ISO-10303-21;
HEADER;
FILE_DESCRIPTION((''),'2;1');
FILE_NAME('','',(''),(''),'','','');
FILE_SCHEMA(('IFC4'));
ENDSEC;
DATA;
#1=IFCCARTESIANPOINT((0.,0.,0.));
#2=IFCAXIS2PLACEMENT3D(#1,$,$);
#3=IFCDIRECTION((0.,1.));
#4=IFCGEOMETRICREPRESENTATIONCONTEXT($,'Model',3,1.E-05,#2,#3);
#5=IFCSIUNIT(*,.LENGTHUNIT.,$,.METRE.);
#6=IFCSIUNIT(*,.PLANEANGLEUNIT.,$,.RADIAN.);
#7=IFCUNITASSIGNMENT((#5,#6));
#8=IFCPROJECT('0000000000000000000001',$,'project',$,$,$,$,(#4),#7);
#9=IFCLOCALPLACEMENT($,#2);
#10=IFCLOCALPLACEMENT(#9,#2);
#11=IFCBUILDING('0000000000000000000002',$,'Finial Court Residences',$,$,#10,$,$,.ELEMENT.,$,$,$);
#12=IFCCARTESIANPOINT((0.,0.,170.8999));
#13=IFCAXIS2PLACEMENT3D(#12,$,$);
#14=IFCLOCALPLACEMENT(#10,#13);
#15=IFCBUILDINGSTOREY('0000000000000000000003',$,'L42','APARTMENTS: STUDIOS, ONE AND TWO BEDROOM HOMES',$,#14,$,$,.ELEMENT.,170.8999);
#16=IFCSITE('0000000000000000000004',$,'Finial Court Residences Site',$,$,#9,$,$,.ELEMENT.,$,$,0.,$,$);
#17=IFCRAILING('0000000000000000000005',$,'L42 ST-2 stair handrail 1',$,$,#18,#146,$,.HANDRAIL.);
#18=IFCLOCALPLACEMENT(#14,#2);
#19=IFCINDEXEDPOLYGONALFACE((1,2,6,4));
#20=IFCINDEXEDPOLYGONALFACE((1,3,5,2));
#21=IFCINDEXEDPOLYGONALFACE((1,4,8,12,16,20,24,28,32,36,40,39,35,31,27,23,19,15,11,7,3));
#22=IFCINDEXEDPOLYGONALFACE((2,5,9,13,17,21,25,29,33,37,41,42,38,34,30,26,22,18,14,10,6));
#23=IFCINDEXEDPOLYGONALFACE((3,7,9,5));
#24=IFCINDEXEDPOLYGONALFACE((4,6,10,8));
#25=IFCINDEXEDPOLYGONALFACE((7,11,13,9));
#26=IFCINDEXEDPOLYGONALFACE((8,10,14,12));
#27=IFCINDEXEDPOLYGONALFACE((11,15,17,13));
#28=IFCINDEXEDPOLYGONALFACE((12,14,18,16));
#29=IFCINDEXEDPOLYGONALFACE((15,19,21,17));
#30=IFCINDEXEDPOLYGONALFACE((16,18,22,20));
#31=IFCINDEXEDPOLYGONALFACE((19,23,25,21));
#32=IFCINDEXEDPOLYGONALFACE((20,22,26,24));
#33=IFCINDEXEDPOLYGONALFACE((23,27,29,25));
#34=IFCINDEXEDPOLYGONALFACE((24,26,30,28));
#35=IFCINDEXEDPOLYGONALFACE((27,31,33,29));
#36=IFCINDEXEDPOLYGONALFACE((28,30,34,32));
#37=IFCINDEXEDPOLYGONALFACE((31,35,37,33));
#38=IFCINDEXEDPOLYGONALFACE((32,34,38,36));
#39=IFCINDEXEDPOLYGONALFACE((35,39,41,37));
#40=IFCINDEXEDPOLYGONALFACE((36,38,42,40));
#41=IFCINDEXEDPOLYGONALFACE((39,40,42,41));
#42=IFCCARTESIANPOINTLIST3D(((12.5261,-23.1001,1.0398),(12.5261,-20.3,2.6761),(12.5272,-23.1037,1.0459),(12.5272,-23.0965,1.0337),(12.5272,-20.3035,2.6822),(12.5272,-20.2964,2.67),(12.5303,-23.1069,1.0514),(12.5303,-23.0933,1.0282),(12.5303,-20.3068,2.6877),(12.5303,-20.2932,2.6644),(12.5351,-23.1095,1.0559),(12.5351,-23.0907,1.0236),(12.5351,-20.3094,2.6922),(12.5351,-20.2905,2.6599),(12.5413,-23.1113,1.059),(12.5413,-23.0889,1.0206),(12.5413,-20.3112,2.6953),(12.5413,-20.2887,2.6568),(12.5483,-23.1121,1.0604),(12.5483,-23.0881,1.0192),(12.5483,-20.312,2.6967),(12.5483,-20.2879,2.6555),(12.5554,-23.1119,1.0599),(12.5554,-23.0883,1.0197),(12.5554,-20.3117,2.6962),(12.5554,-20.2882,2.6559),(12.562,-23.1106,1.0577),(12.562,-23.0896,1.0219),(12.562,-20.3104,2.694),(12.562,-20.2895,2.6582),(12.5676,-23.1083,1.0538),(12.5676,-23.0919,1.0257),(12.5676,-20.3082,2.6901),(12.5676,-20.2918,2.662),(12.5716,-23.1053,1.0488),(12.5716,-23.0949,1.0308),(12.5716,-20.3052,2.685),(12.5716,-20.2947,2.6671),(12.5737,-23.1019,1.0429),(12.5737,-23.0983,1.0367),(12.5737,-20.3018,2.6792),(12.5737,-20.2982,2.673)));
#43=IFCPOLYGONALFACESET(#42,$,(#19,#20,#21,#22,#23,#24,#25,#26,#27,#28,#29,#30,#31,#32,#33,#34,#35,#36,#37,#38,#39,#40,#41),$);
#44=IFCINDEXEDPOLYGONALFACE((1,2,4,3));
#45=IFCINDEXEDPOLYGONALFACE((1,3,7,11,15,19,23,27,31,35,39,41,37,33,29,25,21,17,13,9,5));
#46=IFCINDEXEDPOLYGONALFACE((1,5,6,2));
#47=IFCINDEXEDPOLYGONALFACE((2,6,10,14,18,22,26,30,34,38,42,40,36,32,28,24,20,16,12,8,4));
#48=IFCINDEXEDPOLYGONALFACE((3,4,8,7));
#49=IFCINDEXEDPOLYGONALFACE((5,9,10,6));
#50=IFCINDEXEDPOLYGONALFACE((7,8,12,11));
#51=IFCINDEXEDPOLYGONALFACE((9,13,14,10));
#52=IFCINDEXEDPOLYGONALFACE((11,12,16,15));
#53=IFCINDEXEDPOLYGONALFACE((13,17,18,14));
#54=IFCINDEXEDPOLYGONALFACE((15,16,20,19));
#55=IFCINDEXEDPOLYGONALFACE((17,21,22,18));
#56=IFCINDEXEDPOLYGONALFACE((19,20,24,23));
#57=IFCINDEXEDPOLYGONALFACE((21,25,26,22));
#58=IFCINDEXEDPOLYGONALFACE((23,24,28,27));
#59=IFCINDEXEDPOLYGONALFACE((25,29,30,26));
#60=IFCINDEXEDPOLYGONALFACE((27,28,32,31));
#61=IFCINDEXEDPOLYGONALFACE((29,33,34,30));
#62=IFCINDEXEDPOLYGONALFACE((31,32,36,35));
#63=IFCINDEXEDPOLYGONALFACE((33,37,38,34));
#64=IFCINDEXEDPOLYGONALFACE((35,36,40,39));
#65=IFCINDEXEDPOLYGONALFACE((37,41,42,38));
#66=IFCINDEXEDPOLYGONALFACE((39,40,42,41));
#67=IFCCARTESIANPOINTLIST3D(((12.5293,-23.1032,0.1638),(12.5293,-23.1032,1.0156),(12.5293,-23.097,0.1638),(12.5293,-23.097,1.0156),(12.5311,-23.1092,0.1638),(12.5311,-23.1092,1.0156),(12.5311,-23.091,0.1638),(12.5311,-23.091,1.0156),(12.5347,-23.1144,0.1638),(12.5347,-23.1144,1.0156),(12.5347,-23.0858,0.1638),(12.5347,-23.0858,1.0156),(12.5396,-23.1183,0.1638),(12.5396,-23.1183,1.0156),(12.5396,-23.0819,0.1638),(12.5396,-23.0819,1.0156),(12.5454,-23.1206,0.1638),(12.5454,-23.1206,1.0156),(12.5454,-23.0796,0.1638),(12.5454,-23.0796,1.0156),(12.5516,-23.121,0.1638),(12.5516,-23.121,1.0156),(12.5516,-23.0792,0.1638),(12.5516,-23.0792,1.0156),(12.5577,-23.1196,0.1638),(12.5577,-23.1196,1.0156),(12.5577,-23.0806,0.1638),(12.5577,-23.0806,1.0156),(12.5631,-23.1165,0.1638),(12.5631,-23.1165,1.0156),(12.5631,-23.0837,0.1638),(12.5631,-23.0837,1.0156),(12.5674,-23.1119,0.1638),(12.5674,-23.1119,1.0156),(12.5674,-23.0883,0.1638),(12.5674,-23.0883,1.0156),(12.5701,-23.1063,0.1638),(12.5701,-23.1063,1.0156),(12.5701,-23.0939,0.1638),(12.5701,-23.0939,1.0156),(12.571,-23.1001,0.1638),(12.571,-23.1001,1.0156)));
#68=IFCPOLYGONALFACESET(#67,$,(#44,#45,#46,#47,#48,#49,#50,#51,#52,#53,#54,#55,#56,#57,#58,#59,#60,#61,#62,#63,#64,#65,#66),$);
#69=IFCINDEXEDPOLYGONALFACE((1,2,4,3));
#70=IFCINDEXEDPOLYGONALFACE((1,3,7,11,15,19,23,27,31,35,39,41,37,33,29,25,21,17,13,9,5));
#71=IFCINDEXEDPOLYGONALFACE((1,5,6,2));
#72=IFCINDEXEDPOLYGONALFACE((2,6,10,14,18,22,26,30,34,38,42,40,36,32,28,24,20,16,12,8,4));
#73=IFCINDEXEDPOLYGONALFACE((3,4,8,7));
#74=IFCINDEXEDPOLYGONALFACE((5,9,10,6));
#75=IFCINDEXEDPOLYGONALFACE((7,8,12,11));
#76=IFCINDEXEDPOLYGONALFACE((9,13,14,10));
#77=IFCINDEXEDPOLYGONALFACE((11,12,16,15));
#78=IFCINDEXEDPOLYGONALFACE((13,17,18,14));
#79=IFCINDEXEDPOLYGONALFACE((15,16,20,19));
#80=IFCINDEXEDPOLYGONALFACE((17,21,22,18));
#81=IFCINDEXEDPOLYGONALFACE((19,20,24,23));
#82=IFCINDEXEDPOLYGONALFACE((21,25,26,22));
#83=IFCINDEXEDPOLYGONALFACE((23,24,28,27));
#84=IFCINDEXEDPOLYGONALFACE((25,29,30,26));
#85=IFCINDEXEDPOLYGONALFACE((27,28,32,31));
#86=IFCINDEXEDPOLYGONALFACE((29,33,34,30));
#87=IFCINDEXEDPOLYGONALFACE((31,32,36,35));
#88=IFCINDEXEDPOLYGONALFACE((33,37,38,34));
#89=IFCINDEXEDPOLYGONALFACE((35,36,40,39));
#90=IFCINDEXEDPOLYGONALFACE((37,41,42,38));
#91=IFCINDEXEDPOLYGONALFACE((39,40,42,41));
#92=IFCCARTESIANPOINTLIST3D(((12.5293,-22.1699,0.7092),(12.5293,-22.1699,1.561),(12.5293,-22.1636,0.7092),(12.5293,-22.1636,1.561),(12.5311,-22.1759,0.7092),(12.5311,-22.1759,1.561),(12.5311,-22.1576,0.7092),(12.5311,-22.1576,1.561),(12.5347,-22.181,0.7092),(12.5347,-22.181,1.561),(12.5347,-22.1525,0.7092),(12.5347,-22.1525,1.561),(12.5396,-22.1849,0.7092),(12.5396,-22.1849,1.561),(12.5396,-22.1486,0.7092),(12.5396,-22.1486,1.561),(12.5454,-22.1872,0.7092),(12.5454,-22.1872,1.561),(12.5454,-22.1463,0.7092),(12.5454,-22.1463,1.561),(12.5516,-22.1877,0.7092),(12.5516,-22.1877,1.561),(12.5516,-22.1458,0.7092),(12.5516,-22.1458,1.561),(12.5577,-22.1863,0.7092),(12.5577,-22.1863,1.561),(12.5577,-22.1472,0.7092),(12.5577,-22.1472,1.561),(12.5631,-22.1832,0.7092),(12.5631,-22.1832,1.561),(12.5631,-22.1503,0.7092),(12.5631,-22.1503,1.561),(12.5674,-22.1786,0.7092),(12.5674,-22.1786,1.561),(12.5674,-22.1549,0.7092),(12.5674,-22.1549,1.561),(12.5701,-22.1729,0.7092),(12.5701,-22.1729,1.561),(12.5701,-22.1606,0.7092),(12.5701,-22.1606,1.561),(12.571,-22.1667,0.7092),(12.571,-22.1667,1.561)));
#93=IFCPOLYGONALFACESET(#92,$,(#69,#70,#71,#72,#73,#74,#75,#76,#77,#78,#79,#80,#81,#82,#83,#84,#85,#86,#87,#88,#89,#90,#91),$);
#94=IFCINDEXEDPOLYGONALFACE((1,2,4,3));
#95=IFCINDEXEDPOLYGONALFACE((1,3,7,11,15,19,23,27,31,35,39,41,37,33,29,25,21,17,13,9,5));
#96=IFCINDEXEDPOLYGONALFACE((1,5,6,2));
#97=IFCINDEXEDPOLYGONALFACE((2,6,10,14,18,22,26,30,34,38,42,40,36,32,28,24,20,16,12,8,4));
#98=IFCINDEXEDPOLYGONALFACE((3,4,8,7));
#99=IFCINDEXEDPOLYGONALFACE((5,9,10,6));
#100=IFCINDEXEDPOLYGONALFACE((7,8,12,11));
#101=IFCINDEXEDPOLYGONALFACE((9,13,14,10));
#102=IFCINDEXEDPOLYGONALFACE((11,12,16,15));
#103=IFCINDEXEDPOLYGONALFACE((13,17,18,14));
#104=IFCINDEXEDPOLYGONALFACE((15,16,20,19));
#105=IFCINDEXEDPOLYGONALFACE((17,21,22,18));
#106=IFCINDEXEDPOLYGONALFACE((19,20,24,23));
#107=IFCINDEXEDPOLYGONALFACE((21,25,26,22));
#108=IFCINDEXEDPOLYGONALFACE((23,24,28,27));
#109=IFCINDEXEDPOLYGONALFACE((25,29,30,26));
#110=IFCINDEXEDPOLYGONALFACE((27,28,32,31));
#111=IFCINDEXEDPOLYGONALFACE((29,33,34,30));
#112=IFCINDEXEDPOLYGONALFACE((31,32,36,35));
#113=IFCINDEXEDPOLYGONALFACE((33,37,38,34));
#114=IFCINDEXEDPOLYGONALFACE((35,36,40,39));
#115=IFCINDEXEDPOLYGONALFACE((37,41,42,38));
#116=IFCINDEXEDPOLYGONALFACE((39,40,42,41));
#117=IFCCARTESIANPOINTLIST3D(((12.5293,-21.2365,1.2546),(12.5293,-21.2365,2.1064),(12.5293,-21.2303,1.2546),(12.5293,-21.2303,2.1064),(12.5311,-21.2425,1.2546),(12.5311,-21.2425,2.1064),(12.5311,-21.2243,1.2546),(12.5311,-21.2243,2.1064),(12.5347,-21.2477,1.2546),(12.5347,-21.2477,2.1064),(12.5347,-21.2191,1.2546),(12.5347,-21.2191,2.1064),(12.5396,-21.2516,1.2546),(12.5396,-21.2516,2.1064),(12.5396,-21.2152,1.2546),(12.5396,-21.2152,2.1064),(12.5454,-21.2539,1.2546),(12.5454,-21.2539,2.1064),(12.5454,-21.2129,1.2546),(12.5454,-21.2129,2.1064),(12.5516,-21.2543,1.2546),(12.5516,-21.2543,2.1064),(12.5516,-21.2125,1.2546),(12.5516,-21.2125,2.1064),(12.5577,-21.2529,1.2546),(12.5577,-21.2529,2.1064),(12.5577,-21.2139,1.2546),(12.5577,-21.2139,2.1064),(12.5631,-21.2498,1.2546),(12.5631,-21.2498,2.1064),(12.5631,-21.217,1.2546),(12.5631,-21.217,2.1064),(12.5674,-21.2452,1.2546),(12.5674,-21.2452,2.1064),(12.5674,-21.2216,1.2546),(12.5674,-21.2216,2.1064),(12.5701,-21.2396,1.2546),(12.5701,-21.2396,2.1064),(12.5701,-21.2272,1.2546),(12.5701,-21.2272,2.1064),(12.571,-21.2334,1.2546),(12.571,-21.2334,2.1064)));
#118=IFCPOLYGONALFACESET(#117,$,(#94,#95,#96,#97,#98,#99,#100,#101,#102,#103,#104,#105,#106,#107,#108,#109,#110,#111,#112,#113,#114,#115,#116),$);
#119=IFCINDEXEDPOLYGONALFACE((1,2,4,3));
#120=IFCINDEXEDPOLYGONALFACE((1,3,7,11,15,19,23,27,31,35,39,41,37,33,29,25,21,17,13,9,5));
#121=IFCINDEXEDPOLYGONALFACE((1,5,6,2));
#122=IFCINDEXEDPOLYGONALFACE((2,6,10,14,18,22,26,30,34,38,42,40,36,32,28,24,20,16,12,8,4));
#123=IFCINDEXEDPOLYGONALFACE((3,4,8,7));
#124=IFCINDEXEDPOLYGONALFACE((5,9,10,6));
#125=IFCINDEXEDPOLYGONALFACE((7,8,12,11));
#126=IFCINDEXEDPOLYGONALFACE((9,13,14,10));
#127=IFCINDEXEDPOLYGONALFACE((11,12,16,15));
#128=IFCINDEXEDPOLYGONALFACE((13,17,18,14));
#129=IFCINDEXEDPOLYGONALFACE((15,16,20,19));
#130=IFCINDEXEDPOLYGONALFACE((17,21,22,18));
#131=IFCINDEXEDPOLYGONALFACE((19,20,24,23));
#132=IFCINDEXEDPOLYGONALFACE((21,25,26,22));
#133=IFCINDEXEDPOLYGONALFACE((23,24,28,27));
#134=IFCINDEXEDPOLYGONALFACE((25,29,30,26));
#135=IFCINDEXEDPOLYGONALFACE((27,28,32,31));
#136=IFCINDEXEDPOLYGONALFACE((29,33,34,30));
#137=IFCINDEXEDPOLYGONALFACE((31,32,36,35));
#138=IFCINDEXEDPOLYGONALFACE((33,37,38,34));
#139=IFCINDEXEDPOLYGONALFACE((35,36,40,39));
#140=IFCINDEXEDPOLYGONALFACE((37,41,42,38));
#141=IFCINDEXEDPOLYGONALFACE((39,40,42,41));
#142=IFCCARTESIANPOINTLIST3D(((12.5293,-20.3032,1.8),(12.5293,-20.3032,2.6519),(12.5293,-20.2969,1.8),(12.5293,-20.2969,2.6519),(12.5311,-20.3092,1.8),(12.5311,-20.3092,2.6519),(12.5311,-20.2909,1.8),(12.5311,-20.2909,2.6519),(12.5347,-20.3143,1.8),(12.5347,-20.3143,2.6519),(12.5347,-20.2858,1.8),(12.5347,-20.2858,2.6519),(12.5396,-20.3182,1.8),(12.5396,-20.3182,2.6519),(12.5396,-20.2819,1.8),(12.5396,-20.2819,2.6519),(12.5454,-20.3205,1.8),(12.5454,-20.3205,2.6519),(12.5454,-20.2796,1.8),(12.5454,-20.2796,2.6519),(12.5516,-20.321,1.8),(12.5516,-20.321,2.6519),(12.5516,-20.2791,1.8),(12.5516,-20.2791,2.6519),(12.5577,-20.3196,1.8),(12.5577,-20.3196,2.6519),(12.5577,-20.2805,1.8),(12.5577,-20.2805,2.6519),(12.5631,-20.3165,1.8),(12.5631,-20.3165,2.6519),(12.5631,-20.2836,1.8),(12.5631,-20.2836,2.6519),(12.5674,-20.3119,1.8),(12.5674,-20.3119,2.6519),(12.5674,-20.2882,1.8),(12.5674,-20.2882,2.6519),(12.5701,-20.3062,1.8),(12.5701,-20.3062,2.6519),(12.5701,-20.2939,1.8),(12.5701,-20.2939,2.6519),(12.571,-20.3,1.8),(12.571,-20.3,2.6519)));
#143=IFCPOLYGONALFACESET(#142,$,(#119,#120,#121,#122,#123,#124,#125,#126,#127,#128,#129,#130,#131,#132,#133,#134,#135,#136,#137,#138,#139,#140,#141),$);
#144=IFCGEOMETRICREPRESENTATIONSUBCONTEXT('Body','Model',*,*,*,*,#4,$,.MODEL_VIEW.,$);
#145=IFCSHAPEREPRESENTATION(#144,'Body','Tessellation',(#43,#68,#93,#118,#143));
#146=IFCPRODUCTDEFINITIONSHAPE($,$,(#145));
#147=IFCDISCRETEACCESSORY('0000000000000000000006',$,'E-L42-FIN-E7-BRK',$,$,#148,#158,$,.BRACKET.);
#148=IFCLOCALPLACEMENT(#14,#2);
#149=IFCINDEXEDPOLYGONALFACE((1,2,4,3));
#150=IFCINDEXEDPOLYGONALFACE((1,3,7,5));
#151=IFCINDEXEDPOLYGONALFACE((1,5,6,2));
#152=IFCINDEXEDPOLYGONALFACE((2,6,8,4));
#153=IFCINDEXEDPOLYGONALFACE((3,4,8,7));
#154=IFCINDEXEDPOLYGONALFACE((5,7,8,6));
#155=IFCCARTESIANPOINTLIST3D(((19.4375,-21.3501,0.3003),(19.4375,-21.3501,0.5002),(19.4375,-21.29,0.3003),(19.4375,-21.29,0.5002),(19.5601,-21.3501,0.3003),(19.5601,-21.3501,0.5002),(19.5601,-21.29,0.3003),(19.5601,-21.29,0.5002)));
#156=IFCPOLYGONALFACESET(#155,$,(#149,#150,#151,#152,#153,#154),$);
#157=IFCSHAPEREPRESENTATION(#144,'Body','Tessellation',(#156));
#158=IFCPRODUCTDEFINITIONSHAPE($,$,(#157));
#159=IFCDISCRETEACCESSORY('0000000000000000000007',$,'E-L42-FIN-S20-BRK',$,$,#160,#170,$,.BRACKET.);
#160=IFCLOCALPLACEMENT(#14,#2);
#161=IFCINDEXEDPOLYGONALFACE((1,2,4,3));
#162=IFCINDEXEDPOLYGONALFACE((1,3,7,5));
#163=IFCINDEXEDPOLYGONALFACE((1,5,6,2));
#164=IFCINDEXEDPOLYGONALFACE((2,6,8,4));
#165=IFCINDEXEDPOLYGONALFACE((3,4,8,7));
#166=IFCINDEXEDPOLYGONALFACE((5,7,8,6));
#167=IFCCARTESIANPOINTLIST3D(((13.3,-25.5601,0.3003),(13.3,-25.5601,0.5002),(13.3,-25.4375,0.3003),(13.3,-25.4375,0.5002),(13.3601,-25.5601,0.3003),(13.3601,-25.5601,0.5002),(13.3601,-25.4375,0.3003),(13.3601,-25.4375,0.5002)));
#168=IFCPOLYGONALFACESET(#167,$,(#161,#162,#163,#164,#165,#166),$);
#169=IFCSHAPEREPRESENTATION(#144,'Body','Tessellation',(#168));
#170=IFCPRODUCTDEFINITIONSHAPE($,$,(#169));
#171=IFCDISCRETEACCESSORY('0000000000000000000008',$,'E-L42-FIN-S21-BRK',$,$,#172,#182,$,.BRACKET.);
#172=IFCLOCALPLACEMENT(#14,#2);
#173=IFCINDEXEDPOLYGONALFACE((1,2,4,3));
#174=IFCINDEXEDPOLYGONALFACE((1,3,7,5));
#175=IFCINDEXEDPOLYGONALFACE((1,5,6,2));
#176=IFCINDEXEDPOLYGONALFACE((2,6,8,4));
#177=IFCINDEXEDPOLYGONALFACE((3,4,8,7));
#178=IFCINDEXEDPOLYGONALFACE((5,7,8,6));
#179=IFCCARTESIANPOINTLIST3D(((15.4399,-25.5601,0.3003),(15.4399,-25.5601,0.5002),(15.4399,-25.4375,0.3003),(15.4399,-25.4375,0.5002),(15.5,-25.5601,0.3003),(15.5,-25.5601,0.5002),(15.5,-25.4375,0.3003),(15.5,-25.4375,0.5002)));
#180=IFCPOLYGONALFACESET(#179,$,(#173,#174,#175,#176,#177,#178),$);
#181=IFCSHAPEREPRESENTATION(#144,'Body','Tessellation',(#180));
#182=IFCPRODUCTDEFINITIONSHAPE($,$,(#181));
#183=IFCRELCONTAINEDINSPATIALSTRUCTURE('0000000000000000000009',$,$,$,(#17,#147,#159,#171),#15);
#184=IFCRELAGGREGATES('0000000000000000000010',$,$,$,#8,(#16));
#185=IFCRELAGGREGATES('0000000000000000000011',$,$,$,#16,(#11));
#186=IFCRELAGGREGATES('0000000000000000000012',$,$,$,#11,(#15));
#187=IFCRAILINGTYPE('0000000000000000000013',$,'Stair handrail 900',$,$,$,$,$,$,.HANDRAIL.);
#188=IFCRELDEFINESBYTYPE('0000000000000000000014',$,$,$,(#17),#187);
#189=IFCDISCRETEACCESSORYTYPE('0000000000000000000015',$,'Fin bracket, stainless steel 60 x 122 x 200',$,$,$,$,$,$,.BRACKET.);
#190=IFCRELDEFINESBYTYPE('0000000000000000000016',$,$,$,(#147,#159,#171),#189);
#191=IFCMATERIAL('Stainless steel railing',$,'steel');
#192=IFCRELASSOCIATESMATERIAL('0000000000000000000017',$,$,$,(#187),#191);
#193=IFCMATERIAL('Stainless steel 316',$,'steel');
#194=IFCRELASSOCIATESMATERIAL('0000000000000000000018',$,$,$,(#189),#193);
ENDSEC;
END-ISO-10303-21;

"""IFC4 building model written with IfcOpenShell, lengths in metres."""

from ifc_helpers import new_model, si_unit, direction, frame, origin, origin_2d, place, context, subcontext, project, spatial, rectangle, circle, extrude, material, type_object, element, save


model = new_model("IFC4")

# Units and contexts
model_context = context("Model", 3, precision=1e-05, world=origin(), true_north=direction((0.0, 1.0)))
body_context = subcontext(model_context, "Body", "Model", "MODEL_VIEW")
ifc_project = project(units=[si_unit("LENGTHUNIT", "METRE"), si_unit("PLANEANGLEUNIT", "RADIAN")], contexts=[model_context])

# Site, building, storey
site_placement = place(None, origin())
site = spatial("IfcSite", under=ifc_project, at=site_placement, Name="Finial Court Residences Site", CompositionType="ELEMENT", RefElevation=0.0)
building_placement = place(site_placement, origin())
building = spatial("IfcBuilding", under=site, at=building_placement, Name="Finial Court Residences", CompositionType="ELEMENT")
storey_placement = place(building_placement, frame((0.0, 0.0, 170.8999)))
storey = spatial("IfcBuildingStorey", under=building, at=storey_placement, Name="L42", Description="APARTMENTS: STUDIOS, ONE AND TWO BEDROOM HOMES", CompositionType="ELEMENT", Elevation=170.8999)

# Railing
ifc_material_1 = material(Name="Stainless steel railing", Category="steel")
railing_type = type_object("IfcRailingType", Name="Stair handrail 900", PredefinedType="HANDRAIL", material=ifc_material_1)
railing_placement = place(storey_placement, frame((12.55, -23.1001, 0.1638)))
element("IfcRailing", 1, at=railing_placement, inside=storey, type_object=railing_type, Name="L42 ST-2 stair handrail 1", PredefinedType="HANDRAIL", context=body_context, shape_type="SweptSolid", body=[
    extrude(circle(Radius=0.0239, at=origin_2d()), frame((0.0, 0.0, 0.876), z_axis=(0.0, 0.863394, 0.504531), x_axis=(-1.0, 0.0, 0.0)), (0.0, 0.0, 1.0), 3.2432),
    extrude(circle(Radius=0.021, at=origin_2d()), origin(), (0.0, 0.0, 1.0), 0.8518),
    extrude(circle(Radius=0.021, at=origin_2d()), frame((0.0, 0.9333, 0.5454)), (0.0, 0.0, 1.0), 0.8518),
    extrude(circle(Radius=0.021, at=origin_2d()), frame((0.0, 1.8667, 1.0908)), (0.0, 0.0, 1.0), 0.8518),
    extrude(circle(Radius=0.021, at=origin_2d()), frame((0.0, 2.8, 1.6362)), (0.0, 0.0, 1.0), 0.8518),
])

# Discrete accessories
ifc_material_2 = material(Name="Stainless steel 316", Category="steel")
discrete_accessory_type = type_object("IfcDiscreteAccessoryType", Name="Fin bracket, stainless steel 60 x 122 x 200", PredefinedType="BRACKET", material=ifc_material_2)
discrete_accessory_placement = place(storey_placement, frame((19.4988, -21.3201, 0.3003), z_axis=(0.0, 0.0, 1.0), x_axis=(1.0, 0.0, 0.0)))
element("IfcDiscreteAccessory", 2, at=discrete_accessory_placement, inside=storey, type_object=discrete_accessory_type, Name="E-L42-FIN-E7-BRK", PredefinedType="BRACKET", context=body_context, shape_type="SweptSolid", body=[
    extrude(rectangle(XDim=0.1226, YDim=0.0601, at=origin_2d()), origin(), (0.0, 0.0, 1.0), 0.2),
])
for number, where, z_axis, x_axis, name in (
    (3, (13.3301, -25.4988, 0.3003), (0.0, 0.0, 1.0), (1.0, 0.0, 0.0), "E-L42-FIN-S20-BRK"),
    (4, (15.47, -25.4988, 0.3003), (0.0, 0.0, 1.0), (1.0, 0.0, 0.0), "E-L42-FIN-S21-BRK"),
):
    element("IfcDiscreteAccessory", number, at=place(storey_placement, frame(where, z_axis=z_axis, x_axis=x_axis)), inside=storey, type_object=discrete_accessory_type, Name=name, PredefinedType="BRACKET", context=body_context, shape_type="SweptSolid", body=[
        extrude(rectangle(XDim=0.0601, YDim=0.1226, at=origin_2d()), origin(), (0.0, 0.0, 1.0), 0.2),
    ])

save(model, "model.ifc")
